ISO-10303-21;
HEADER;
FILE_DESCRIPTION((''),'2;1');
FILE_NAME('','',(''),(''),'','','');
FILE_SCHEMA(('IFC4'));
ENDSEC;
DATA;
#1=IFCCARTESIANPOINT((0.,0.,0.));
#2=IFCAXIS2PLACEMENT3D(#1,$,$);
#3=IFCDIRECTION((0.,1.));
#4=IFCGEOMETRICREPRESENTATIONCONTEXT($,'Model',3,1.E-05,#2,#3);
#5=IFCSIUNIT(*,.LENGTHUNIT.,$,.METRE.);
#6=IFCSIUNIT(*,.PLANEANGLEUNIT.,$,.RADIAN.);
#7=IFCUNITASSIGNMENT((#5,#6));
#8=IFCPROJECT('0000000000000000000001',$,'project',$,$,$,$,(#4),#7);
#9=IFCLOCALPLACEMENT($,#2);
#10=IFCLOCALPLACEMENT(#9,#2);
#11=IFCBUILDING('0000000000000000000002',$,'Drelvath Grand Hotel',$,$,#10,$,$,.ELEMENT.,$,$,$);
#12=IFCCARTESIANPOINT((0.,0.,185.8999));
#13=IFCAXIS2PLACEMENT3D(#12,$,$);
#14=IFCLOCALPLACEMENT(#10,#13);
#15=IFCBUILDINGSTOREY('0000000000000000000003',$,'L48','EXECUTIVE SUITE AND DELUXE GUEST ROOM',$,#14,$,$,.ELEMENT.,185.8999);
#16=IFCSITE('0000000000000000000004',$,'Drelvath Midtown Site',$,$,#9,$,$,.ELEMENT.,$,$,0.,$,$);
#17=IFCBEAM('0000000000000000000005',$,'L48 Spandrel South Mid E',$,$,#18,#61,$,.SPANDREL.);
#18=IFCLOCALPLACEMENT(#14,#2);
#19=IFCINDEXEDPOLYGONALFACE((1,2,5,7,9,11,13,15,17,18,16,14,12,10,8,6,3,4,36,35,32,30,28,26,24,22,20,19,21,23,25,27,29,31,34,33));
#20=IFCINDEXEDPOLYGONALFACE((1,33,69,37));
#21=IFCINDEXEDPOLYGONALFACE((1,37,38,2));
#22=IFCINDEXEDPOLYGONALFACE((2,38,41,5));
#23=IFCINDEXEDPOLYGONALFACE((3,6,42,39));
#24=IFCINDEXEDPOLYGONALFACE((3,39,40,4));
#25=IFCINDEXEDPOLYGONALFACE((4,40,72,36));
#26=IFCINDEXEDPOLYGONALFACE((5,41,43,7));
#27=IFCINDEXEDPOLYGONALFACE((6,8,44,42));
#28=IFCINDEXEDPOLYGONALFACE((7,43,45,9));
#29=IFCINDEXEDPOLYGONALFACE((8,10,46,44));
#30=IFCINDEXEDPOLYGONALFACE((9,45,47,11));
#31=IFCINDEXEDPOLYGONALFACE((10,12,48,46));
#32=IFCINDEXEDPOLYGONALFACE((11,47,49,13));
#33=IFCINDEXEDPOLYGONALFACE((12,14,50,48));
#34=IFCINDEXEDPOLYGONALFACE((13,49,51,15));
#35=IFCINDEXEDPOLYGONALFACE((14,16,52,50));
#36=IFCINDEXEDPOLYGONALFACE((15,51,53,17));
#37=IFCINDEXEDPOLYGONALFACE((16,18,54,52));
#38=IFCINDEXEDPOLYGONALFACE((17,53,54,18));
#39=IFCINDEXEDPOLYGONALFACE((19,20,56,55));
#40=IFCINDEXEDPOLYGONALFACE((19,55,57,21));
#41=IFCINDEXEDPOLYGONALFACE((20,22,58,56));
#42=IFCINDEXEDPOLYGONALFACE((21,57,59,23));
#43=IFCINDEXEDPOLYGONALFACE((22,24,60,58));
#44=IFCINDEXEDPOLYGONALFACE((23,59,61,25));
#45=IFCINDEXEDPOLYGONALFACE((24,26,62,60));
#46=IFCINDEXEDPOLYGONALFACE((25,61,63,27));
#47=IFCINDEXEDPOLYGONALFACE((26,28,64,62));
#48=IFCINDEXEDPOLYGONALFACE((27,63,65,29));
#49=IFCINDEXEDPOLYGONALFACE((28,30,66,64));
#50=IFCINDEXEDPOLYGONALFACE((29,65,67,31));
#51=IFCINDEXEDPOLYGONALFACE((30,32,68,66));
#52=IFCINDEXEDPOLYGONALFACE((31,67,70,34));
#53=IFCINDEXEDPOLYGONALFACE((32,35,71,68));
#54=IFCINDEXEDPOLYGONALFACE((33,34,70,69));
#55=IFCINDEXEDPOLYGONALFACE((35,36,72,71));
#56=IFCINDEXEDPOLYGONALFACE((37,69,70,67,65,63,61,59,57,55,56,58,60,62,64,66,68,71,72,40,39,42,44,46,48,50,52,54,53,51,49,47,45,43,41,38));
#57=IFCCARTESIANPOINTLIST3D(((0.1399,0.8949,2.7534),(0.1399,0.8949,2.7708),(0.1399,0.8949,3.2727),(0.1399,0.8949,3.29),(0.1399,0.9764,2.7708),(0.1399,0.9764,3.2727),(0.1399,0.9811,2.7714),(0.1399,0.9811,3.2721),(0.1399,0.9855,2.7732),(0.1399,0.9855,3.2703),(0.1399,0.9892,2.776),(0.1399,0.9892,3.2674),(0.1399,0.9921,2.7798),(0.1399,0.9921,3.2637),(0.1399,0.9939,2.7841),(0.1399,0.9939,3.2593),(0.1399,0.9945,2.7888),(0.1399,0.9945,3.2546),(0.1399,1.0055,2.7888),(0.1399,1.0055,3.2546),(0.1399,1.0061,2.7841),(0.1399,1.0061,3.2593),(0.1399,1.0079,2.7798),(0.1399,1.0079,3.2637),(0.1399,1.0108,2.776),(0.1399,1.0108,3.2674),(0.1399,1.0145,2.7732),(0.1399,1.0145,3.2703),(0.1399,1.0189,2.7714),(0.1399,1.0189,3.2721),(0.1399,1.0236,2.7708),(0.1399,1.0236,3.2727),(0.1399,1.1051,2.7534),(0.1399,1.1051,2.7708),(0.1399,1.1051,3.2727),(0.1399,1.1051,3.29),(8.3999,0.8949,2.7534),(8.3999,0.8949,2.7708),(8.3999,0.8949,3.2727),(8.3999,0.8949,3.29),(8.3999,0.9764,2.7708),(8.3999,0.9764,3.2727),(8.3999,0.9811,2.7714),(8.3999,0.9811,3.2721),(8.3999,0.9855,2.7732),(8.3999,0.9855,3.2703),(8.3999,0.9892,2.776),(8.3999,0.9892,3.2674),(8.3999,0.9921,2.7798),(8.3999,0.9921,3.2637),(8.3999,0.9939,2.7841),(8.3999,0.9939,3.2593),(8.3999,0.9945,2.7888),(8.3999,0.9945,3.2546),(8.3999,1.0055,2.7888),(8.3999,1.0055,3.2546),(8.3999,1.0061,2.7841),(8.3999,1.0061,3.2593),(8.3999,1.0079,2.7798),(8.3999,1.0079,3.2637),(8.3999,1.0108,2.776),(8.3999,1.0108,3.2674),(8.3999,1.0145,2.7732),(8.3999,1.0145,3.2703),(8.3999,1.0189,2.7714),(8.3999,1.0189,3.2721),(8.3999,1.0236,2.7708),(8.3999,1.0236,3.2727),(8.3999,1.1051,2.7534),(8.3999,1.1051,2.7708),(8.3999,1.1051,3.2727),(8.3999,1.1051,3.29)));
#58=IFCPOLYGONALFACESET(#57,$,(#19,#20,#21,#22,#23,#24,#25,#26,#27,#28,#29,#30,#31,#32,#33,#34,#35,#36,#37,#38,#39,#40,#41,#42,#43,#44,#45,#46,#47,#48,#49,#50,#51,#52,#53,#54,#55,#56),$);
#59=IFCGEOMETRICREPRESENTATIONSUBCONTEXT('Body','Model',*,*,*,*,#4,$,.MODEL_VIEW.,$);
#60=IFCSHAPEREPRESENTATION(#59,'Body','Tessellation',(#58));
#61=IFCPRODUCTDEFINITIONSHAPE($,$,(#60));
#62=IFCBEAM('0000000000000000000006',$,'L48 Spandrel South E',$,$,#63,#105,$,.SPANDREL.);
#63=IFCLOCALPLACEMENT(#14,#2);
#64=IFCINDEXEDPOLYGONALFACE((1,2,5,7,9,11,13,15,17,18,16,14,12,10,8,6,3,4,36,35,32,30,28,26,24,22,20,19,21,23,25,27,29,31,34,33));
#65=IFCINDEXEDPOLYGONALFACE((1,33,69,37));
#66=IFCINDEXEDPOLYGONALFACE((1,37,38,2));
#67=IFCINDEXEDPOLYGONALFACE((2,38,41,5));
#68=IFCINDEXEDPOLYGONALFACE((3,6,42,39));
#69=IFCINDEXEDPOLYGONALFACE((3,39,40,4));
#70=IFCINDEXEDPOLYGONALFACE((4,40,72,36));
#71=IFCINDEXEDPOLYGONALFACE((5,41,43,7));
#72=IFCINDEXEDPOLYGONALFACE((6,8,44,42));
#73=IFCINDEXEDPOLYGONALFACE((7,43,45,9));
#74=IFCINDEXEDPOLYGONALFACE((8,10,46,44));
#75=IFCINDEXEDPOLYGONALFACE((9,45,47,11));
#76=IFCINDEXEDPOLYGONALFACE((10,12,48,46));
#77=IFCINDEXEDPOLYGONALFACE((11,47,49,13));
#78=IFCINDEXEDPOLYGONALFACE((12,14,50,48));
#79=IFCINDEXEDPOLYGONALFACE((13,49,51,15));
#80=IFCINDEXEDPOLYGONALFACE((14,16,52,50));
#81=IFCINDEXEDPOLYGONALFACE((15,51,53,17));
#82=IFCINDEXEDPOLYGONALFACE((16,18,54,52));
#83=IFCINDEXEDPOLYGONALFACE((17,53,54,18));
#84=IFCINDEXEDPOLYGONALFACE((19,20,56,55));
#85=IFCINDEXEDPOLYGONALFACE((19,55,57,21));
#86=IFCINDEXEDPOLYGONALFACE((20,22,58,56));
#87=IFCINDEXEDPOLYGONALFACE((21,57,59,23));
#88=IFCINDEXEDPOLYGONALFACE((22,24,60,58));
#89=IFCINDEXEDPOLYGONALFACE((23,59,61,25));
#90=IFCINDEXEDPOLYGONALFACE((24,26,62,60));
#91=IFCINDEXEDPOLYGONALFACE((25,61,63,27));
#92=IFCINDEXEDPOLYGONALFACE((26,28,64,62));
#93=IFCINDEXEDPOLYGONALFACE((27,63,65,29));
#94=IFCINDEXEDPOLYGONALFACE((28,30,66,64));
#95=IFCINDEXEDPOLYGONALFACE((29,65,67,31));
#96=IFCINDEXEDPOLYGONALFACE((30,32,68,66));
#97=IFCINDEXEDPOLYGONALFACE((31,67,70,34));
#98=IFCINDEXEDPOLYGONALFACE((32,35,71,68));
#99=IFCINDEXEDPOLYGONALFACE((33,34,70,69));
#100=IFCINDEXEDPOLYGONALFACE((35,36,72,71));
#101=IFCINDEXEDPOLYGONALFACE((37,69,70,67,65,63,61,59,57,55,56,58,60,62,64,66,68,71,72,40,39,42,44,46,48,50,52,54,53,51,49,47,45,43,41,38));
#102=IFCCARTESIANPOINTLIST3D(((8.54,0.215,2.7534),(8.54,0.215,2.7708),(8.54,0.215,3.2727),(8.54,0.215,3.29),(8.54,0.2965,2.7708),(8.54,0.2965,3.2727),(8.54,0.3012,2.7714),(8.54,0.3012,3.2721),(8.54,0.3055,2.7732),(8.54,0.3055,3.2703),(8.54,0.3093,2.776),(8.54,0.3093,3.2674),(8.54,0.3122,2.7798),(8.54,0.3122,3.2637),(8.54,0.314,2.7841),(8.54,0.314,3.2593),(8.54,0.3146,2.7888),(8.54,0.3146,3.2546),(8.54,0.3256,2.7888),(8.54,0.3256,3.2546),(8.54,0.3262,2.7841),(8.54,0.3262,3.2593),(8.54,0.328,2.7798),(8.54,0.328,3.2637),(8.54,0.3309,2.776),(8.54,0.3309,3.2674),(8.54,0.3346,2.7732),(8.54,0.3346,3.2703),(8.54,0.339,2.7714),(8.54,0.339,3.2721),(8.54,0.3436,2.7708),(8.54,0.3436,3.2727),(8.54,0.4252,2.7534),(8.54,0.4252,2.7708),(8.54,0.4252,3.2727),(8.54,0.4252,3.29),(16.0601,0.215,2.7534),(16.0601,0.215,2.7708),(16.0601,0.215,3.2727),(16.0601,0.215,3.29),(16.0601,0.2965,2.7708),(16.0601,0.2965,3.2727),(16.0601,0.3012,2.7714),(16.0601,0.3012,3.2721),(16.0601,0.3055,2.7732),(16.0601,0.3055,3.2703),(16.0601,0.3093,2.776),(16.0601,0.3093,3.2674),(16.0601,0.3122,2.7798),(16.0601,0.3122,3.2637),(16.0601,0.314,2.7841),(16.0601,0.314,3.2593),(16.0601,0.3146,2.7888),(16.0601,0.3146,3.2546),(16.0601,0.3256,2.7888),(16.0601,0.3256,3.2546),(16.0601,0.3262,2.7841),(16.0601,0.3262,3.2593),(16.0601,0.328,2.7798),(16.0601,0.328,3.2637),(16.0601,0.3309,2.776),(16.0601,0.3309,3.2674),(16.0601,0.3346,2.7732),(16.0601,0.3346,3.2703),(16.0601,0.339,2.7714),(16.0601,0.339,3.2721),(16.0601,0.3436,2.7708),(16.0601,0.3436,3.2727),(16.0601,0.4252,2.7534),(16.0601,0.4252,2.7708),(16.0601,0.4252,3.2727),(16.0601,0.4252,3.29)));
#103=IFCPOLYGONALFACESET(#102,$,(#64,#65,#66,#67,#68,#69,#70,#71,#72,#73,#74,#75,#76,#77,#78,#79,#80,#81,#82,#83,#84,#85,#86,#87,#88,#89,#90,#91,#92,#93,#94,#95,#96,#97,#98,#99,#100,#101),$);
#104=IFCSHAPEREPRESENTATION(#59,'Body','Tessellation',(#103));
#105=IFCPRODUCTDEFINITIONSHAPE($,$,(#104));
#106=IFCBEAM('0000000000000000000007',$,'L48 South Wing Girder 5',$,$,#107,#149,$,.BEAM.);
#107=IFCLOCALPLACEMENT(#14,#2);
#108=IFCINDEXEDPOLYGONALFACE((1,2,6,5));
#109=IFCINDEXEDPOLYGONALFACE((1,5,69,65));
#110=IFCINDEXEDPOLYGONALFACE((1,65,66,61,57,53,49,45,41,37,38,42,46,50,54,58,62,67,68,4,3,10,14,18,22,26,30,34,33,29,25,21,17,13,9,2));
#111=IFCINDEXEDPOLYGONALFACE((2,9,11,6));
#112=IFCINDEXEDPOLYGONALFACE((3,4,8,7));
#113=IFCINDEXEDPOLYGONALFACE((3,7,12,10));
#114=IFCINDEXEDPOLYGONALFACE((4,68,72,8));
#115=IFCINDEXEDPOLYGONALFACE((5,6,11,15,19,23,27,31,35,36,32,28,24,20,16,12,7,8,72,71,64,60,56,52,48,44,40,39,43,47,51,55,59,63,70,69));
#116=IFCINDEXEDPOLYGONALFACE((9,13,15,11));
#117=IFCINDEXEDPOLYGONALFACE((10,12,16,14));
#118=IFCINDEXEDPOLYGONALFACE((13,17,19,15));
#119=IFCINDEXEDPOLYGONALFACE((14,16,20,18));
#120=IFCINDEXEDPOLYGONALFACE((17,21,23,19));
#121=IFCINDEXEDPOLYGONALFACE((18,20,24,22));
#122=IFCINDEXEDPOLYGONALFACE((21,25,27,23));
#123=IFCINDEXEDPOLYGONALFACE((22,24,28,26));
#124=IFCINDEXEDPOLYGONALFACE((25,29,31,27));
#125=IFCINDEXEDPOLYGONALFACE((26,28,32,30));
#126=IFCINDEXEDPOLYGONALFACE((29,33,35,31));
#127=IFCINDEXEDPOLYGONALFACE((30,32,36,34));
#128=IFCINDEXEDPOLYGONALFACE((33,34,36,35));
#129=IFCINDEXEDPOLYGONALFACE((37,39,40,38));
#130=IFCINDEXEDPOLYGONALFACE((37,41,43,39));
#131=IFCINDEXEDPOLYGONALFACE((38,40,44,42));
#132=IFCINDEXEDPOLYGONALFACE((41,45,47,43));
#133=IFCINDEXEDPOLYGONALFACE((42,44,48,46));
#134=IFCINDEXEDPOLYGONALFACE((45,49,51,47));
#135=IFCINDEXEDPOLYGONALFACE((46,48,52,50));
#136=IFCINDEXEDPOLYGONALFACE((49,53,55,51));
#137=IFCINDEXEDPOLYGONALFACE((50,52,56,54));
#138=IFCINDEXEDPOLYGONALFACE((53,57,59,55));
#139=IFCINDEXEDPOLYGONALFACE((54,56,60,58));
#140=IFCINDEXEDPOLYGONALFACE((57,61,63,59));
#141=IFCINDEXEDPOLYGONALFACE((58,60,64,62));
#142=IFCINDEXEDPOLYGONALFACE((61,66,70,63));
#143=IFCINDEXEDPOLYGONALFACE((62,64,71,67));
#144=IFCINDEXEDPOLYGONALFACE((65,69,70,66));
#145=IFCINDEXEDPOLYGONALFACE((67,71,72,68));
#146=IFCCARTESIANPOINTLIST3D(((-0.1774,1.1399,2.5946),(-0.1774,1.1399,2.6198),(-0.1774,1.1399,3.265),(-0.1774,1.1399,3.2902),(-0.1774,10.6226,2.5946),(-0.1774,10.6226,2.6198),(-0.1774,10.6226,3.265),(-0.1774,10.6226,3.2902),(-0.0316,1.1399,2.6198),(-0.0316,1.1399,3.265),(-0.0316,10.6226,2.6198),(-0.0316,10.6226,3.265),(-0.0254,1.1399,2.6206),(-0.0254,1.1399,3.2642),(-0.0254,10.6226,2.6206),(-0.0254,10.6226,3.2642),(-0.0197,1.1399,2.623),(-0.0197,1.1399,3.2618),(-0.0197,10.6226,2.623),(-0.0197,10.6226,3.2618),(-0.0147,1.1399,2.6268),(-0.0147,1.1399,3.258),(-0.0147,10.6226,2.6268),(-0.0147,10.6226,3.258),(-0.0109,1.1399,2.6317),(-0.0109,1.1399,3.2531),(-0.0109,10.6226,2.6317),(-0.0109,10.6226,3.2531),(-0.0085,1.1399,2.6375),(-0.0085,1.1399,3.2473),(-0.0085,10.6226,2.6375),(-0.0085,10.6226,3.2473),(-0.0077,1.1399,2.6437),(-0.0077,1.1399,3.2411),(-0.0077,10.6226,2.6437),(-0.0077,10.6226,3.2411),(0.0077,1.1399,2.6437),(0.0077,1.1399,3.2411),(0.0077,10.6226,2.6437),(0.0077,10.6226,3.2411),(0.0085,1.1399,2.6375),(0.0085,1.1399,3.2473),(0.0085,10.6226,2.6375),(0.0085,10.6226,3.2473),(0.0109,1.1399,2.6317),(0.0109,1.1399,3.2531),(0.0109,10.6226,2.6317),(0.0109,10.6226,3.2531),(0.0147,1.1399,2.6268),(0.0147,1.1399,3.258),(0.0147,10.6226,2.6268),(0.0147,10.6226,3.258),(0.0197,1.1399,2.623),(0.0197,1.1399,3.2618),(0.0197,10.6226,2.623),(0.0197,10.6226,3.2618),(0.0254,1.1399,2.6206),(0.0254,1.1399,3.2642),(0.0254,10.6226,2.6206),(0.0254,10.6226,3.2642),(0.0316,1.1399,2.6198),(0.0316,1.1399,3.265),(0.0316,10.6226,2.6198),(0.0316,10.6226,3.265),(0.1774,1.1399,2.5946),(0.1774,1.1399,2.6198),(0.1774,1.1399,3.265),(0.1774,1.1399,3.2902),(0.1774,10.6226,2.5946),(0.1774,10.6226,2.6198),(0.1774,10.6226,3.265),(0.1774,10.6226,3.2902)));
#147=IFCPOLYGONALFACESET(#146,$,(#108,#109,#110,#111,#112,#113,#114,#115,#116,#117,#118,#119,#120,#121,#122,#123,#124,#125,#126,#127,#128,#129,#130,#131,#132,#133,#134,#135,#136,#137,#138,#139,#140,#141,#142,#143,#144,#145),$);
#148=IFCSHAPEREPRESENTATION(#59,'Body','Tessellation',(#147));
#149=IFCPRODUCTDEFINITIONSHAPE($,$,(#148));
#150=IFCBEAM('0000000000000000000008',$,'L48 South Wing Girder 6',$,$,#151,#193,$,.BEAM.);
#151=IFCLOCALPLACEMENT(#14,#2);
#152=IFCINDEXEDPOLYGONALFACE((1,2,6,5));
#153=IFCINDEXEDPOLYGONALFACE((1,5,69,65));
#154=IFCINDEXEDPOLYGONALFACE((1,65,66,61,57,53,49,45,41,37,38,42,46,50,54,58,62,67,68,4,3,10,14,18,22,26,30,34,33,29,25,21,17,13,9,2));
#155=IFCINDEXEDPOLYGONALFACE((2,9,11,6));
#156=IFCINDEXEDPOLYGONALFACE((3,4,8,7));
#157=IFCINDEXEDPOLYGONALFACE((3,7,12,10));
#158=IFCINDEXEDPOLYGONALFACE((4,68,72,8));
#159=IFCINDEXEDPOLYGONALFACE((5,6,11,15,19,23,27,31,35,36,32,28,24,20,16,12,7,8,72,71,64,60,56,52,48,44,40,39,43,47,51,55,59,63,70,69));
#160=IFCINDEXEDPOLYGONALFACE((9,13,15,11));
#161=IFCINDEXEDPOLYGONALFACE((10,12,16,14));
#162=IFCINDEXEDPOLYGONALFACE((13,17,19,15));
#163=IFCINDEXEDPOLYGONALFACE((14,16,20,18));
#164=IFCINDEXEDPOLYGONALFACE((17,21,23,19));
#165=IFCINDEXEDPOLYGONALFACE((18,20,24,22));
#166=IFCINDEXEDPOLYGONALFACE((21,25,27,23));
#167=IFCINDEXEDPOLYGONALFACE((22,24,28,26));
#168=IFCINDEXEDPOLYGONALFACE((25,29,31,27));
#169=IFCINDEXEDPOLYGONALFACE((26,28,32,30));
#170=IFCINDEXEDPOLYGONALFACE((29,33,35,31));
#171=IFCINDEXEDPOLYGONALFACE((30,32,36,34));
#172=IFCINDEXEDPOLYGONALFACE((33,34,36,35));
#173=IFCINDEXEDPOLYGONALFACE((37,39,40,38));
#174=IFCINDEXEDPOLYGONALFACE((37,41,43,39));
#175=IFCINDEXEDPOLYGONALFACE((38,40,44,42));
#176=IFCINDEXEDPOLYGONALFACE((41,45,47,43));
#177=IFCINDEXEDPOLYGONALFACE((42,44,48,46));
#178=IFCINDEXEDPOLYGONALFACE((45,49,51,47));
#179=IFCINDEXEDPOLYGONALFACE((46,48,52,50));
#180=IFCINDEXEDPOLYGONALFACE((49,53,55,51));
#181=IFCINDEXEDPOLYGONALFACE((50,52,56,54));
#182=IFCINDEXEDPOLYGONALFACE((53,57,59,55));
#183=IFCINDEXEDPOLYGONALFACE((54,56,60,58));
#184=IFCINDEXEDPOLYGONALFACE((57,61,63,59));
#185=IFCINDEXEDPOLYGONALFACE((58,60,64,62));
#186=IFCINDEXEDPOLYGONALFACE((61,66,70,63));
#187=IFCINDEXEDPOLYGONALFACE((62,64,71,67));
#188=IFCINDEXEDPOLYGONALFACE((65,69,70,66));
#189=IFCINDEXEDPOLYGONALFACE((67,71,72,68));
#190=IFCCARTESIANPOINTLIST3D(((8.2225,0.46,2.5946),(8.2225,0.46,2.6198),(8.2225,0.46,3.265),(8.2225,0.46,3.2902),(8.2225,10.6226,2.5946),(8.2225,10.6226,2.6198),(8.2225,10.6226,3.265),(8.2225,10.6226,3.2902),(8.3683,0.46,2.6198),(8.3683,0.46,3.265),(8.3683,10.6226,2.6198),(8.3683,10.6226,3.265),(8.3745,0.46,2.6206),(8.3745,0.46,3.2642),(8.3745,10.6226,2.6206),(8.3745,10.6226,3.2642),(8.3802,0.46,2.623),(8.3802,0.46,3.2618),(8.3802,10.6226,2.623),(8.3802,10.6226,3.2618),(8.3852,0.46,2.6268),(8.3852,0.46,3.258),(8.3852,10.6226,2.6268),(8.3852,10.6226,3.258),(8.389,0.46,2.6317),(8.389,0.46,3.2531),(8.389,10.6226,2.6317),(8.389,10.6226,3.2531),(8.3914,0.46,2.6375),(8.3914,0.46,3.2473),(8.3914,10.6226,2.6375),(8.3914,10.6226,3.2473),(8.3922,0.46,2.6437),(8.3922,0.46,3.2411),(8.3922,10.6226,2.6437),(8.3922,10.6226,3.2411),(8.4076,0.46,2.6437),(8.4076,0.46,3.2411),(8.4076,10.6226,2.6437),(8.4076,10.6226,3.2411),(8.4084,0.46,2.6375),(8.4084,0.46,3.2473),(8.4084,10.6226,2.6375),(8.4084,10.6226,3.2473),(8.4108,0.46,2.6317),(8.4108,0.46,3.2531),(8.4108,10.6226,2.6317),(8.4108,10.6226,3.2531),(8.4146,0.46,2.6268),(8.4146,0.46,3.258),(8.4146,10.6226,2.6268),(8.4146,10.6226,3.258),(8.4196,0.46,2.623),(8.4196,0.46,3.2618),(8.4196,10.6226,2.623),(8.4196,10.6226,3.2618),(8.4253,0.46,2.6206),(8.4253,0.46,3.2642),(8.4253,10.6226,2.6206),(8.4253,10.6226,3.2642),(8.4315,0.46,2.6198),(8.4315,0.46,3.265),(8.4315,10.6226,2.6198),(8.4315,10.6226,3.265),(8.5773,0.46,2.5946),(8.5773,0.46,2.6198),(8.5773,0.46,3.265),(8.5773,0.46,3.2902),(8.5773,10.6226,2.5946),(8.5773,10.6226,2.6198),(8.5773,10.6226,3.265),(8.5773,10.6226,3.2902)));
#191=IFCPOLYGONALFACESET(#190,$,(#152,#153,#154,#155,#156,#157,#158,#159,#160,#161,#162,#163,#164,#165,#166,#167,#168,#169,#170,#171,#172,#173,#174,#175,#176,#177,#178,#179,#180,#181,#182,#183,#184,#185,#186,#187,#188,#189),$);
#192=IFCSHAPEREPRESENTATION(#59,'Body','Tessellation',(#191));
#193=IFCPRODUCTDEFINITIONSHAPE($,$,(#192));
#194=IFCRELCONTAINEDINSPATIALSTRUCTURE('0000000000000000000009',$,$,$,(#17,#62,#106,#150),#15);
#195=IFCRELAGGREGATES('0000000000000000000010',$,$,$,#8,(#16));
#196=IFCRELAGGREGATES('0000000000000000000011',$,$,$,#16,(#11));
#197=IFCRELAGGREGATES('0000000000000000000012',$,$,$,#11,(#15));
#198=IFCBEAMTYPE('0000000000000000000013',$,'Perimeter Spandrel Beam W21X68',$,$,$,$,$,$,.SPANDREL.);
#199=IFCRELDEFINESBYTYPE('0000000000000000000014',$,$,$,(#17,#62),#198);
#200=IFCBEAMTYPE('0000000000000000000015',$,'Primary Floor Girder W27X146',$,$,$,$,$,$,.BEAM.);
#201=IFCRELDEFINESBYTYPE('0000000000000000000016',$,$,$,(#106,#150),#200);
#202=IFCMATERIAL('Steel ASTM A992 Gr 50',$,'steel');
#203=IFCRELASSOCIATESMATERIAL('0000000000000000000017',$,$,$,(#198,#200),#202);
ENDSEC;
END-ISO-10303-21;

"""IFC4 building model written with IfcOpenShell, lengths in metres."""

from ifc_helpers import new_model, si_unit, direction, frame, origin, origin_2d, place, context, subcontext, project, spatial, i_section, extrude, material, material_profile, profile_set, type_object, element, save


model = new_model("IFC4")

# Units and contexts
model_context = context("Model", 3, precision=1e-05, world=origin(), true_north=direction((0.0, 1.0)))
body_context = subcontext(model_context, "Body", "Model", "MODEL_VIEW")
ifc_project = project(units=[si_unit("LENGTHUNIT", "METRE"), si_unit("PLANEANGLEUNIT", "RADIAN")], contexts=[model_context])

# Site, building, storey
site_placement = place(None, origin())
site = spatial("IfcSite", under=ifc_project, at=site_placement, Name="Drelvath Midtown Site", CompositionType="ELEMENT", RefElevation=0.0)
building_placement = place(site_placement, origin())
building = spatial("IfcBuilding", under=site, at=building_placement, Name="Drelvath Grand Hotel", CompositionType="ELEMENT")
storey_placement = place(building_placement, frame((0.0, 0.0, 185.8999)))
storey = spatial("IfcBuildingStorey", under=building, at=storey_placement, Name="L48", Description="EXECUTIVE SUITE AND DELUXE GUEST ROOM", CompositionType="ELEMENT", Elevation=185.8999)

# Beams
ifc_material_1 = material(Name="Steel ASTM A992 Gr 50", Category="steel")
ifc_material_profile_1 = material_profile(ifc_material_1, i_section(OverallWidth=0.2102, OverallDepth=0.5366, WebThickness=0.011, FlangeThickness=0.0173, FilletRadius=0.0181, at=origin_2d()), Name="W21X68")
ifc_profile_set_1 = profile_set([ifc_material_profile_1], Name="Steel ASTM A992 Gr 50")
beam_type_1 = type_object("IfcBeamType", Name="Perimeter Spandrel Beam W21X68", PredefinedType="SPANDREL", material=ifc_profile_set_1)
beam_1_placement = place(storey_placement, frame((0.1399, 1.0, 3.0217), z_axis=(1.0, 0.0, 0.0), x_axis=(0.0, 1.0, 0.0)))
element("IfcBeam", 1, at=beam_1_placement, inside=storey, type_object=beam_type_1, Name="L48 Spandrel South Mid E", PredefinedType="SPANDREL", context=body_context, shape_type="SweptSolid", body=[
    extrude(i_section(OverallWidth=0.2102, OverallDepth=0.5366, WebThickness=0.011, FlangeThickness=0.0173, FilletRadius=0.0181, at=origin_2d()), origin(), (0.0, 0.0, 1.0), 8.26),
])
beam_2_placement = place(storey_placement, frame((8.54, 0.3201, 3.0217), z_axis=(1.0, 0.0, 0.0), x_axis=(0.0, 1.0, 0.0)))
element("IfcBeam", 2, at=beam_2_placement, inside=storey, type_object=beam_type_1, Name="L48 Spandrel South E", PredefinedType="SPANDREL", context=body_context, shape_type="SweptSolid", body=[
    extrude(i_section(OverallWidth=0.2102, OverallDepth=0.5366, WebThickness=0.011, FlangeThickness=0.0173, FilletRadius=0.0181, at=origin_2d()), origin(), (0.0, 0.0, 1.0), 7.52),
])
ifc_material_profile_2 = material_profile(ifc_material_1, i_section(OverallWidth=0.3547, OverallDepth=0.6956, WebThickness=0.0154, FlangeThickness=0.0251, FilletRadius=0.0239, at=origin_2d()), Name="W27X146")
ifc_profile_set_2 = profile_set([ifc_material_profile_2], Name="Steel ASTM A992 Gr 50")
beam_type_2 = type_object("IfcBeamType", Name="Primary Floor Girder W27X146", PredefinedType="BEAM", material=ifc_profile_set_2)
beam_3_placement = place(storey_placement, frame((0.0, 1.1399, 2.9424), z_axis=(0.0, 1.0, 0.0), x_axis=(-1.0, 0.0, 0.0)))
element("IfcBeam", 3, at=beam_3_placement, inside=storey, type_object=beam_type_2, Name="L48 South Wing Girder 5", PredefinedType="BEAM", context=body_context, shape_type="SweptSolid", body=[
    extrude(i_section(OverallWidth=0.3547, OverallDepth=0.6956, WebThickness=0.0154, FlangeThickness=0.0251, FilletRadius=0.0239, at=origin_2d()), origin(), (0.0, 0.0, 1.0), 9.4827),
])
beam_4_placement = place(storey_placement, frame((8.3999, 0.46, 2.9424), z_axis=(0.0, 1.0, 0.0), x_axis=(-1.0, 0.0, 0.0)))
element("IfcBeam", 4, at=beam_4_placement, inside=storey, type_object=beam_type_2, Name="L48 South Wing Girder 6", PredefinedType="BEAM", context=body_context, shape_type="SweptSolid", body=[
    extrude(i_section(OverallWidth=0.3547, OverallDepth=0.6956, WebThickness=0.0154, FlangeThickness=0.0251, FilletRadius=0.0239, at=origin_2d()), origin(), (0.0, 0.0, 1.0), 10.1626),
])

save(model, "model.ifc")
